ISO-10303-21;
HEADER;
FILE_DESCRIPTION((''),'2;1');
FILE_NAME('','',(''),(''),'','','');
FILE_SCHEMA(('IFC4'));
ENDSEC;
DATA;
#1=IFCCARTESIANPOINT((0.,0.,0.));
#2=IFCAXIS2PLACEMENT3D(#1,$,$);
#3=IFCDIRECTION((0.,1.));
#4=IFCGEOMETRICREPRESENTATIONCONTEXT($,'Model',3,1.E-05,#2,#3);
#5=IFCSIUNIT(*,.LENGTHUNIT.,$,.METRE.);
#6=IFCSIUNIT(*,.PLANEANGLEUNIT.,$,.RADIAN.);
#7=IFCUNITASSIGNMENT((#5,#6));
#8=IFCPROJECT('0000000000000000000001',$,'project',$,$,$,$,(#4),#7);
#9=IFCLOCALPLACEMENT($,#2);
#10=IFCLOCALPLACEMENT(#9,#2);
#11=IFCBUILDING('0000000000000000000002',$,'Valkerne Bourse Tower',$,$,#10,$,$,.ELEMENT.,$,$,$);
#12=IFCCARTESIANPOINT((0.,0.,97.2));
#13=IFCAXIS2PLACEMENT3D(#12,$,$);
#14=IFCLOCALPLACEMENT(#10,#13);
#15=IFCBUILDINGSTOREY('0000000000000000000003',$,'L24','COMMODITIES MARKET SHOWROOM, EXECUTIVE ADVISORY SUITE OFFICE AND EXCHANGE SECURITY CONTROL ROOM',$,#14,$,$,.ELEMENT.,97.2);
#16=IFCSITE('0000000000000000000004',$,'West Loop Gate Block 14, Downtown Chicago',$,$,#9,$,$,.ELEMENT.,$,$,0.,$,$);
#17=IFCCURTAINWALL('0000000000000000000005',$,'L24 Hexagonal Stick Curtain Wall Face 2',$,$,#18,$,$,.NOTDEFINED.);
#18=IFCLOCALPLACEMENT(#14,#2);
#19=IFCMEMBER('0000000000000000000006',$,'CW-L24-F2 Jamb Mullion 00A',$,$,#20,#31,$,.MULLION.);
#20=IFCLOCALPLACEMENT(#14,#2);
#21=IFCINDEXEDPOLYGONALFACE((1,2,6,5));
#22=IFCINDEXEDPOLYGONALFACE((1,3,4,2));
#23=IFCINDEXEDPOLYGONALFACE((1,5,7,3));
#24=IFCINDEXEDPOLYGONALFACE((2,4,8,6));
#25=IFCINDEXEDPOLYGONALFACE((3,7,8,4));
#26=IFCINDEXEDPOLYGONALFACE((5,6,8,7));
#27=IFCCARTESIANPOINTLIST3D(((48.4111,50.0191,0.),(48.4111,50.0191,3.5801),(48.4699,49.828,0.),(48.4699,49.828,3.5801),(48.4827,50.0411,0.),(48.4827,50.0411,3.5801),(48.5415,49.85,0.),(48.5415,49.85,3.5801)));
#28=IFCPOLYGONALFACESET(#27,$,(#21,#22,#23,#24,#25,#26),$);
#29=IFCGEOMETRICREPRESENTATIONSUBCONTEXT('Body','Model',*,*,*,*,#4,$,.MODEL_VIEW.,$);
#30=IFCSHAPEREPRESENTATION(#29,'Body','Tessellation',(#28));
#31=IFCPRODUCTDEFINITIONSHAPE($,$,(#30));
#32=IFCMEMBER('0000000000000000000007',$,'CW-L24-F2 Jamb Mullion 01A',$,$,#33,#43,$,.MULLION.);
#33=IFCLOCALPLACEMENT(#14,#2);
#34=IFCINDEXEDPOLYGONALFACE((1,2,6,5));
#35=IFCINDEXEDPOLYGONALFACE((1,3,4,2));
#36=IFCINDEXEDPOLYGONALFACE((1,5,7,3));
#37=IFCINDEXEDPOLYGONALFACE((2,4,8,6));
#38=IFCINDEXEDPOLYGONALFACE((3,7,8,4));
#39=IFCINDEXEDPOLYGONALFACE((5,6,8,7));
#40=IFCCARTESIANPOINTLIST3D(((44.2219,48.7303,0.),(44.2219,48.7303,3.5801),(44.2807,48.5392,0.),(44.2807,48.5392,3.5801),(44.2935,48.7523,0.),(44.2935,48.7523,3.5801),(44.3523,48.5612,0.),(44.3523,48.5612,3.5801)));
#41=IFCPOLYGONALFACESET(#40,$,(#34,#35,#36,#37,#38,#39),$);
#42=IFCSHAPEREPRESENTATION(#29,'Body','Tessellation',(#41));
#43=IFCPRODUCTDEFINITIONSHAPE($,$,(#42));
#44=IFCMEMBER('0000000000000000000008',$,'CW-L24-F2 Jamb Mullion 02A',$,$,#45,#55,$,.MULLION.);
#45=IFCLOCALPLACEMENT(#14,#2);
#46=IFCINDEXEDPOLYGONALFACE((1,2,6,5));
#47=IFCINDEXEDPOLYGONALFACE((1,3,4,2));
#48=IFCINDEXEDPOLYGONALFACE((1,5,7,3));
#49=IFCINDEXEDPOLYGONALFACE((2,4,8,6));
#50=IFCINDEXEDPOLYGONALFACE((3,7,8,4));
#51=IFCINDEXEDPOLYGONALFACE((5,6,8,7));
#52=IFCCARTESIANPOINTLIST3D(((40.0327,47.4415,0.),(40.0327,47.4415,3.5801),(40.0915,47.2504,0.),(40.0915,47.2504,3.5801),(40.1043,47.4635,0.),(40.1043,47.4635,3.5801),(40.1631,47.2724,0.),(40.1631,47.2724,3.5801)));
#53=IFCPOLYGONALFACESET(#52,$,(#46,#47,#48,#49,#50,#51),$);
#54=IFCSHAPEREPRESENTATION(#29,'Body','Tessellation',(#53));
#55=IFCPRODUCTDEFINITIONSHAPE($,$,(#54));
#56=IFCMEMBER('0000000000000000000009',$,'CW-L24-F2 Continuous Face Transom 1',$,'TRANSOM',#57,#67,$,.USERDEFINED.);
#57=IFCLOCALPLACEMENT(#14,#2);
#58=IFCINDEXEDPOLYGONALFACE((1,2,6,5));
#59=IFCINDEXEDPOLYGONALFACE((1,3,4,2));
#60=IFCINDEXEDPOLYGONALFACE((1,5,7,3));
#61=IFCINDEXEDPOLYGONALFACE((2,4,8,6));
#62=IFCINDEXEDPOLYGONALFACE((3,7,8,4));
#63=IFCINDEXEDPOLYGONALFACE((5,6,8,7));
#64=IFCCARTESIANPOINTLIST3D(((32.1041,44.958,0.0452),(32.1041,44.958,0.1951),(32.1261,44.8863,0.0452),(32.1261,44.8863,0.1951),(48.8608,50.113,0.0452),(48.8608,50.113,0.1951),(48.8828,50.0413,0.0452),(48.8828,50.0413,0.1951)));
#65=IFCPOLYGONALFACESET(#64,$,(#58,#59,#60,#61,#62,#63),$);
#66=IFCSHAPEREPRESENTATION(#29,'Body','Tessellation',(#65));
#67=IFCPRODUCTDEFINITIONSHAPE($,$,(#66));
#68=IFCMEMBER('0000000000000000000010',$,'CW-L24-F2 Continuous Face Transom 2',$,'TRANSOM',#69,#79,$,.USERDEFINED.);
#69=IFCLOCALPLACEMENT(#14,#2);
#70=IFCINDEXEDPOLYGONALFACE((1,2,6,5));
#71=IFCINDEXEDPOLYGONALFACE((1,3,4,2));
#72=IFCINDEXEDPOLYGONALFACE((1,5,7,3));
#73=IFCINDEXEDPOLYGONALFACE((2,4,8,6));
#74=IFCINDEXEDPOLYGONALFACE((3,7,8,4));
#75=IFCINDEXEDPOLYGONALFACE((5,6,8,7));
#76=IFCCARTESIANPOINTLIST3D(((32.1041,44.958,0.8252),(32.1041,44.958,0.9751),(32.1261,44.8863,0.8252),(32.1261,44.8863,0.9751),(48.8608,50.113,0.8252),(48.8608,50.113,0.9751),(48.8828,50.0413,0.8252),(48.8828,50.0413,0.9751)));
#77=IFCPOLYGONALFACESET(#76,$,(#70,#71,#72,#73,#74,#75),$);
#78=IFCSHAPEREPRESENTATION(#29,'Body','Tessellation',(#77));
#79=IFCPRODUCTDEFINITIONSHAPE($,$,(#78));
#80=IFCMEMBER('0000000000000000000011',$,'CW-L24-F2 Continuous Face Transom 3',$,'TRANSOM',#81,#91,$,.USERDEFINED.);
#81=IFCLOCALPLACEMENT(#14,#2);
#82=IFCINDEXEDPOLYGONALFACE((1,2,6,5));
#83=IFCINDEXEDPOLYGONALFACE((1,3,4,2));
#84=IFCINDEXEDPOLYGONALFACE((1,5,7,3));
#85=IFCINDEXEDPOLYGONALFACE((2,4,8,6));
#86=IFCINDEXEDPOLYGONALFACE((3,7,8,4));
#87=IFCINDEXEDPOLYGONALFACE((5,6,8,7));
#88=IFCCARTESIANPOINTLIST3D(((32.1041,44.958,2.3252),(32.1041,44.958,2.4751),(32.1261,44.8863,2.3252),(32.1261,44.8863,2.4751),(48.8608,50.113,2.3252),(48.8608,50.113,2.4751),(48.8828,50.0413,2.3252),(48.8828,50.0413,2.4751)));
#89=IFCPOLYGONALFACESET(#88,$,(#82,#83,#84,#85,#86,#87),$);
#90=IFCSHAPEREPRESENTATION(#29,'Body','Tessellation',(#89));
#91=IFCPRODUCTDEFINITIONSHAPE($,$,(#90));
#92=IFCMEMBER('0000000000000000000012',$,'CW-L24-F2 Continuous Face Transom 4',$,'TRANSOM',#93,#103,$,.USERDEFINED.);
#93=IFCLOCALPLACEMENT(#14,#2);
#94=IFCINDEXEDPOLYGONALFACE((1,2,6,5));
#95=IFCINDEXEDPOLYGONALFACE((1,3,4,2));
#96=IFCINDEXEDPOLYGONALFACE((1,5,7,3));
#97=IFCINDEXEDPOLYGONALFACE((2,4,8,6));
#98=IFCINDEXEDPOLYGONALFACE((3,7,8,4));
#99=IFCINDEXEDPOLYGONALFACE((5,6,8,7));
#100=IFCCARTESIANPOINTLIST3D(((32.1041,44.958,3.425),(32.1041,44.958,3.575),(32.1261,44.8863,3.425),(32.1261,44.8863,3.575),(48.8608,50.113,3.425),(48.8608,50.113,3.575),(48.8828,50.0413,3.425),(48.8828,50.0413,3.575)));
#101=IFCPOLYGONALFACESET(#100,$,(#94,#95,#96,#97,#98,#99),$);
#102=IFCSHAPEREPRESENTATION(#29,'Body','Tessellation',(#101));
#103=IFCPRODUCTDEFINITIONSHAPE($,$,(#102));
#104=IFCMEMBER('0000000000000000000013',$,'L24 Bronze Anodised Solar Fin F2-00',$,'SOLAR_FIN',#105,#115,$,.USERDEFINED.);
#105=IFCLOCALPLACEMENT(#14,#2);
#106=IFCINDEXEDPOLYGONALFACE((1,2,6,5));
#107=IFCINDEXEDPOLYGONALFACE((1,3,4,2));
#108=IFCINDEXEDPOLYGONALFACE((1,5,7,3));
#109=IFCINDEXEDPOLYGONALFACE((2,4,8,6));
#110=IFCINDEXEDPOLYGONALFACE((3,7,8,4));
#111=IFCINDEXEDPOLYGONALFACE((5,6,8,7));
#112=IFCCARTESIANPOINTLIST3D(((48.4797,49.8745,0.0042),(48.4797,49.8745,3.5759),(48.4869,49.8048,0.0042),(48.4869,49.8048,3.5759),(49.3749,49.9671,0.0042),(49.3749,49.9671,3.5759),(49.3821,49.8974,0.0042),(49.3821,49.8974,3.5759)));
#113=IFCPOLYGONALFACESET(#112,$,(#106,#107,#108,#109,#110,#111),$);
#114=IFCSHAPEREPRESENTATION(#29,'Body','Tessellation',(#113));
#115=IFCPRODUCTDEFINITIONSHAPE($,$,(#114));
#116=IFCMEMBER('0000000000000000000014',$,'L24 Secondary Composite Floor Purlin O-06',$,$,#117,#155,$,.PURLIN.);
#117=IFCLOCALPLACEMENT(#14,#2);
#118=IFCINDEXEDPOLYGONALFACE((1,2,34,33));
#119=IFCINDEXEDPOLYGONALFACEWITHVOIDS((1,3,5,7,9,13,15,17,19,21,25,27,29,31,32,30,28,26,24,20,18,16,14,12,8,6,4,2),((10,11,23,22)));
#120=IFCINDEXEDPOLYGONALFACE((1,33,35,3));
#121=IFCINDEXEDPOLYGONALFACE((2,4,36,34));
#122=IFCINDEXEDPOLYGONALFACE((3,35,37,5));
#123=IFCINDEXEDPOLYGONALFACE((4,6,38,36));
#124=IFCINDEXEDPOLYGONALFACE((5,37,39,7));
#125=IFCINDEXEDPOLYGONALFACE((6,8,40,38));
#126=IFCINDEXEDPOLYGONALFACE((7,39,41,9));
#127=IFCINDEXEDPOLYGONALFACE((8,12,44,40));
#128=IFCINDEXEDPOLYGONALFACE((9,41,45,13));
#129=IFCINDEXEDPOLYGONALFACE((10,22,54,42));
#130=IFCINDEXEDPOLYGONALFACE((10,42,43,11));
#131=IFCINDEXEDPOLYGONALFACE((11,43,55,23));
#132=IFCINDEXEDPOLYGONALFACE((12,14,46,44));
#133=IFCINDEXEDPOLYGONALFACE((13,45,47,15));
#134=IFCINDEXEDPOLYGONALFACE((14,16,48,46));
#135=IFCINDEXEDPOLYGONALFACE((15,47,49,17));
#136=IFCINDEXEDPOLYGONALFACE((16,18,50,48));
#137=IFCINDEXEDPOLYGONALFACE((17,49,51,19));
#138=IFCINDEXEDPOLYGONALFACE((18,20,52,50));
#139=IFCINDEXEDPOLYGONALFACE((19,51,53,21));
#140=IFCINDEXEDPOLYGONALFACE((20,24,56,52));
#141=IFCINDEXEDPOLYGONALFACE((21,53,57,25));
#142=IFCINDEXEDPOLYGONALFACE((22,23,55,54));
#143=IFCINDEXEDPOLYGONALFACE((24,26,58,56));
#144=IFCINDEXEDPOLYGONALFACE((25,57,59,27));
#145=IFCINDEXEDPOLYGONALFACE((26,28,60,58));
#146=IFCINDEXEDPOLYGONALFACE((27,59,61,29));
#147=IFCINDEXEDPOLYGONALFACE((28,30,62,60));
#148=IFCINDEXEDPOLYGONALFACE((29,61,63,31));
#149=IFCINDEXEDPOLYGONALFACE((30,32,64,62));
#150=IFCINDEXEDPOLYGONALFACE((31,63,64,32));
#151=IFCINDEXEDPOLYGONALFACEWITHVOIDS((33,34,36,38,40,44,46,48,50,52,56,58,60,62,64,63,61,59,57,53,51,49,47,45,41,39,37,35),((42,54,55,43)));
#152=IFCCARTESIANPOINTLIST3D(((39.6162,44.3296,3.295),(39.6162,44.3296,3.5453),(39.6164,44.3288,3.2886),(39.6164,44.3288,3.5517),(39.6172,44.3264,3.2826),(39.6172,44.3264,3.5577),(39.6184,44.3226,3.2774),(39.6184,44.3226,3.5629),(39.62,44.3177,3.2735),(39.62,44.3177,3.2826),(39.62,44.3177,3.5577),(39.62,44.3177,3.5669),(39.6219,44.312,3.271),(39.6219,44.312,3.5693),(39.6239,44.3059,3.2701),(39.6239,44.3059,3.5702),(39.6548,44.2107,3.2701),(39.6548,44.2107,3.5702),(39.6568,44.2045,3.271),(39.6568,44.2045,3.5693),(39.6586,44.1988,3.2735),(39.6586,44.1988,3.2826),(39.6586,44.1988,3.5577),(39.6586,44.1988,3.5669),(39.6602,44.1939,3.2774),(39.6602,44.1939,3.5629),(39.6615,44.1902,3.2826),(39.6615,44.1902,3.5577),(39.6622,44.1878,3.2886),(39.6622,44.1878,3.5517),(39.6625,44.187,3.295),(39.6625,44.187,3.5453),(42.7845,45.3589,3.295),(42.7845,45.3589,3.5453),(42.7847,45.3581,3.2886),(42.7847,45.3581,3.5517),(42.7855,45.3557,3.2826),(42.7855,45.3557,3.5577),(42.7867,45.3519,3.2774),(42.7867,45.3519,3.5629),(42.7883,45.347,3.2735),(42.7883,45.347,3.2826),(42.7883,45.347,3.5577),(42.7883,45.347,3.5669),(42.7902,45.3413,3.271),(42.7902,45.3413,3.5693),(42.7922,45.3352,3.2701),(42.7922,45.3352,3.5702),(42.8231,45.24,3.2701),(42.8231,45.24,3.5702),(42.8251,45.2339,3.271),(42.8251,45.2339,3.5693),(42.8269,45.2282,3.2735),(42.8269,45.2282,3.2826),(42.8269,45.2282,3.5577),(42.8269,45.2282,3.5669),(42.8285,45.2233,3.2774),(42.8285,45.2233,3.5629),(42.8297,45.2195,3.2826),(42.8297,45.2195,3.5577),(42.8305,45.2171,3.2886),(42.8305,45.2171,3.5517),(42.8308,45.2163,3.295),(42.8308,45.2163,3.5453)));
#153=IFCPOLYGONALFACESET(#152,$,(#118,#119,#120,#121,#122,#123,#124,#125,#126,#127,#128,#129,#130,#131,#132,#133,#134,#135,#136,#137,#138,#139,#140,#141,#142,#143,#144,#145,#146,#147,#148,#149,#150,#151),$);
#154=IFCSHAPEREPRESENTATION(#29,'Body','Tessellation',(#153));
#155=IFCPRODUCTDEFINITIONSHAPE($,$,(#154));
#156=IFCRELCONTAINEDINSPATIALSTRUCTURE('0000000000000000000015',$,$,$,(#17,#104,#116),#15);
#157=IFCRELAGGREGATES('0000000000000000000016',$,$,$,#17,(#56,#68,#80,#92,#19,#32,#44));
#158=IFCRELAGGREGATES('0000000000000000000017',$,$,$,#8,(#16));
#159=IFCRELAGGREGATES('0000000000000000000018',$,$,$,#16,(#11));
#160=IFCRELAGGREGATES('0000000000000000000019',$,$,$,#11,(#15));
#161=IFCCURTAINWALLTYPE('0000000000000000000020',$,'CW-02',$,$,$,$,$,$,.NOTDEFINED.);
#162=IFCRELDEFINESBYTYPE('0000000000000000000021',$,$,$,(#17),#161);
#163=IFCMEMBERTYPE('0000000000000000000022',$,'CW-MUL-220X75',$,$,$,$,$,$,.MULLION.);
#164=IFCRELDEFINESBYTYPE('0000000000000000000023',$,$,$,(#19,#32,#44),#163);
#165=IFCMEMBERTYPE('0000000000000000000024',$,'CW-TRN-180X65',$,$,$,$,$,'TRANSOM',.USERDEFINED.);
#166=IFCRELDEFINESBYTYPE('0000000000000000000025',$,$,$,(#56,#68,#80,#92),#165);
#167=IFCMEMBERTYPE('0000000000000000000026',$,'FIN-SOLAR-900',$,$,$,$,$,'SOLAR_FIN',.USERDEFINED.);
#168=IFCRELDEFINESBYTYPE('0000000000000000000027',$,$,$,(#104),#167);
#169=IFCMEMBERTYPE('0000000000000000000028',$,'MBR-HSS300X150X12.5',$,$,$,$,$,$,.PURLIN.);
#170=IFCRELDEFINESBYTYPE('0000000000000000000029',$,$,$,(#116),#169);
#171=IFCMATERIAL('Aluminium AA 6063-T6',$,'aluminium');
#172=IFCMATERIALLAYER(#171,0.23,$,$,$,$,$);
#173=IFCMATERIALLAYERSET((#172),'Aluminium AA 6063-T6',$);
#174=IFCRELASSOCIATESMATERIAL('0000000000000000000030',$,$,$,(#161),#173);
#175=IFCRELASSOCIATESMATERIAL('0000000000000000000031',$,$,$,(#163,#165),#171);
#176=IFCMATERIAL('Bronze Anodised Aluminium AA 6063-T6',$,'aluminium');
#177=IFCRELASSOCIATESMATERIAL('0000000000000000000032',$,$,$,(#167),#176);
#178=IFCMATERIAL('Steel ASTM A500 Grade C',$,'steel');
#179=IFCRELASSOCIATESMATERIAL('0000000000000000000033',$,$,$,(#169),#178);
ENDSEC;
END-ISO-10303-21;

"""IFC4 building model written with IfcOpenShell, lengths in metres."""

from ifc_helpers import new_model, si_unit, direction, frame, origin, origin_2d, place, context, subcontext, project, spatial, rectangle, hollow_rectangle, extrude, material, layer, layer_set, material_profile, profile_set, type_object, element, aggregate, save


model = new_model("IFC4")

# Units and contexts
model_context = context("Model", 3, precision=1e-05, world=origin(), true_north=direction((0.0, 1.0)))
body_context = subcontext(model_context, "Body", "Model", "MODEL_VIEW")
ifc_project = project(units=[si_unit("LENGTHUNIT", "METRE"), si_unit("PLANEANGLEUNIT", "RADIAN")], contexts=[model_context])

# Site, building, storey
site_placement = place(None, origin())
site = spatial("IfcSite", under=ifc_project, at=site_placement, Name="West Loop Gate Block 14, Downtown Chicago", CompositionType="ELEMENT", RefElevation=0.0)
building_placement = place(site_placement, origin())
building = spatial("IfcBuilding", under=site, at=building_placement, Name="Valkerne Bourse Tower", CompositionType="ELEMENT")
storey_placement = place(building_placement, frame((0.0, 0.0, 97.2)))
storey = spatial("IfcBuildingStorey", under=building, at=storey_placement, Name="L24", Description="COMMODITIES MARKET SHOWROOM, EXECUTIVE ADVISORY SUITE OFFICE AND EXCHANGE SECURITY CONTROL ROOM", CompositionType="ELEMENT", Elevation=97.2)

# Curtain wall, members
ifc_material_1 = material(Name="Aluminium AA 6063-T6", Category="aluminium")
ifc_layer_1 = layer(ifc_material_1, 0.23)
ifc_layer_set_1 = layer_set([ifc_layer_1], Name="Aluminium AA 6063-T6")
curtain_wall_type = type_object("IfcCurtainWallType", Name="CW-02", PredefinedType="NOTDEFINED", material=ifc_layer_set_1)
curtain_wall_placement = place(storey_placement, origin())
curtain_wall = element("IfcCurtainWall", 1, at=curtain_wall_placement, inside=storey, type_object=curtain_wall_type, Name="L24 Hexagonal Stick Curtain Wall Face 2", PredefinedType="NOTDEFINED")
ifc_material_profile_1 = material_profile(ifc_material_1, rectangle(XDim=0.075, YDim=0.2, at=origin_2d()), Name="CWM-75X200")
ifc_profile_set_1 = profile_set([ifc_material_profile_1], Name="Aluminium AA 6063-T6")
member_type_1 = type_object("IfcMemberType", Name="CW-MUL-220X75", PredefinedType="MULLION", material=ifc_profile_set_1)
member_1_placement = place(storey_placement, frame((48.4763, 49.9346, 0.0), z_axis=(0.0, 0.0, 1.0), x_axis=(-0.955791, -0.294047, 0.0)))
member_1 = element("IfcMember", 2, at=member_1_placement, type_object=member_type_1, Name="CW-L24-F2 Jamb Mullion 00A", PredefinedType="MULLION", context=body_context, shape_type="SweptSolid", body=[
    extrude(rectangle(XDim=0.075, YDim=0.2, at=origin_2d()), origin(), (0.0, 0.0, 1.0), 3.5801),
])
member_2_placement = place(storey_placement, frame((44.2871, 48.6458, 0.0), z_axis=(0.0, 0.0, 1.0), x_axis=(-0.955791, -0.294047, 0.0)))
member_2 = element("IfcMember", 3, at=member_2_placement, type_object=member_type_1, Name="CW-L24-F2 Jamb Mullion 01A", PredefinedType="MULLION", context=body_context, shape_type="SweptSolid", body=[
    extrude(rectangle(XDim=0.075, YDim=0.2, at=origin_2d()), origin(), (0.0, 0.0, 1.0), 3.5801),
])
member_3_placement = place(storey_placement, frame((40.0979, 47.3569, 0.0), z_axis=(0.0, 0.0, 1.0), x_axis=(-0.955793, -0.294041, 0.0)))
member_3 = element("IfcMember", 4, at=member_3_placement, type_object=member_type_1, Name="CW-L24-F2 Jamb Mullion 02A", PredefinedType="MULLION", context=body_context, shape_type="SweptSolid", body=[
    extrude(rectangle(XDim=0.075, YDim=0.2, at=origin_2d()), origin(), (0.0, 0.0, 1.0), 3.5801),
])
ifc_material_profile_2 = material_profile(ifc_material_1, rectangle(XDim=0.075, YDim=0.1499, at=origin_2d()), Name="CWT-75X150")
ifc_profile_set_2 = profile_set([ifc_material_profile_2], Name="Aluminium AA 6063-T6")
member_type_2 = type_object("IfcMemberType", Name="CW-TRN-180X65", ElementType="TRANSOM", PredefinedType="USERDEFINED", material=ifc_profile_set_2)
member_4_placement = place(storey_placement, frame((48.8718, 50.0771, 0.1201), z_axis=(-0.955794, -0.294038, 0.0), x_axis=(0.294038, -0.955794, 0.0)))
member_4 = element("IfcMember", 5, at=member_4_placement, type_object=member_type_2, Name="CW-L24-F2 Continuous Face Transom 1", ObjectType="TRANSOM", PredefinedType="USERDEFINED", context=body_context, shape_type="SweptSolid", body=[
    extrude(rectangle(XDim=0.075, YDim=0.1499, at=origin_2d()), origin(), (0.0, 0.0, 1.0), 17.5317),
])
member_5_placement = place(storey_placement, frame((48.8718, 50.0771, 0.9001), z_axis=(-0.955794, -0.294038, 0.0), x_axis=(0.294038, -0.955794, 0.0)))
member_5 = element("IfcMember", 6, at=member_5_placement, type_object=member_type_2, Name="CW-L24-F2 Continuous Face Transom 2", ObjectType="TRANSOM", PredefinedType="USERDEFINED", context=body_context, shape_type="SweptSolid", body=[
    extrude(rectangle(XDim=0.075, YDim=0.1499, at=origin_2d()), origin(), (0.0, 0.0, 1.0), 17.5317),
])
member_6_placement = place(storey_placement, frame((48.8718, 50.0771, 2.4001), z_axis=(-0.955794, -0.294038, 0.0), x_axis=(0.294038, -0.955794, 0.0)))
member_6 = element("IfcMember", 7, at=member_6_placement, type_object=member_type_2, Name="CW-L24-F2 Continuous Face Transom 3", ObjectType="TRANSOM", PredefinedType="USERDEFINED", context=body_context, shape_type="SweptSolid", body=[
    extrude(rectangle(XDim=0.075, YDim=0.1499, at=origin_2d()), origin(), (0.0, 0.0, 1.0), 17.5317),
])
member_7_placement = place(storey_placement, frame((48.8718, 50.0771, 3.5), z_axis=(-0.955794, -0.294038, 0.0), x_axis=(0.294038, -0.955794, 0.0)))
member_7 = element("IfcMember", 8, at=member_7_placement, type_object=member_type_2, Name="CW-L24-F2 Continuous Face Transom 4", ObjectType="TRANSOM", PredefinedType="USERDEFINED", context=body_context, shape_type="SweptSolid", body=[
    extrude(rectangle(XDim=0.075, YDim=0.1499, at=origin_2d()), origin(), (0.0, 0.0, 1.0), 17.5317),
])

# Members
ifc_material_2 = material(Name="Bronze Anodised Aluminium AA 6063-T6", Category="aluminium")
ifc_material_profile_3 = material_profile(ifc_material_2, rectangle(XDim=0.0701, YDim=0.8999, at=origin_2d()), Name="FIN-70X900")
ifc_profile_set_3 = profile_set([ifc_material_profile_3], Name="Bronze Anodised Aluminium AA 6063-T6")
member_type_3 = type_object("IfcMemberType", Name="FIN-SOLAR-900", ElementType="SOLAR_FIN", PredefinedType="USERDEFINED", material=ifc_profile_set_3)
member_8_placement = place(storey_placement, frame((48.9309, 49.886, 0.0042), z_axis=(0.0, 0.0, 1.0), x_axis=(-0.102875, 0.994694, 0.0)))
element("IfcMember", 9, at=member_8_placement, inside=storey, type_object=member_type_3, Name="L24 Bronze Anodised Solar Fin F2-00", ObjectType="SOLAR_FIN", PredefinedType="USERDEFINED", context=body_context, shape_type="SweptSolid", body=[
    extrude(rectangle(XDim=0.0701, YDim=0.8999, at=origin_2d()), origin(), (0.0, 0.0, 1.0), 3.5718),
])
ifc_material_3 = material(Name="Steel ASTM A500 Grade C", Category="steel")
ifc_material_profile_4 = material_profile(ifc_material_3, hollow_rectangle(XDim=0.1499, YDim=0.3, WallThickness=0.0125, OuterFilletRadius=0.0249, at=origin_2d()), Name="HSS300X150X12.5")
ifc_profile_set_4 = profile_set([ifc_material_profile_4], Name="Steel ASTM A500 Grade C")
member_type_4 = type_object("IfcMemberType", Name="MBR-HSS300X150X12.5", PredefinedType="PURLIN", material=ifc_profile_set_4)
member_9_placement = place(storey_placement, frame((42.8076, 45.2876, 3.4202), z_axis=(-0.951067, -0.308985, 0.0), x_axis=(0.308985, -0.951067, 0.0)))
element("IfcMember", 10, at=member_9_placement, inside=storey, type_object=member_type_4, Name="L24 Secondary Composite Floor Purlin O-06", PredefinedType="PURLIN", context=body_context, shape_type="SweptSolid", body=[
    extrude(hollow_rectangle(XDim=0.1499, YDim=0.3, WallThickness=0.0125, OuterFilletRadius=0.0249, at=origin_2d()), origin(), (0.0, 0.0, 1.0), 3.3313),
])

aggregate(curtain_wall, [member_4, member_5, member_6, member_7, member_1, member_2, member_3])

save(model, "model.ifc")
